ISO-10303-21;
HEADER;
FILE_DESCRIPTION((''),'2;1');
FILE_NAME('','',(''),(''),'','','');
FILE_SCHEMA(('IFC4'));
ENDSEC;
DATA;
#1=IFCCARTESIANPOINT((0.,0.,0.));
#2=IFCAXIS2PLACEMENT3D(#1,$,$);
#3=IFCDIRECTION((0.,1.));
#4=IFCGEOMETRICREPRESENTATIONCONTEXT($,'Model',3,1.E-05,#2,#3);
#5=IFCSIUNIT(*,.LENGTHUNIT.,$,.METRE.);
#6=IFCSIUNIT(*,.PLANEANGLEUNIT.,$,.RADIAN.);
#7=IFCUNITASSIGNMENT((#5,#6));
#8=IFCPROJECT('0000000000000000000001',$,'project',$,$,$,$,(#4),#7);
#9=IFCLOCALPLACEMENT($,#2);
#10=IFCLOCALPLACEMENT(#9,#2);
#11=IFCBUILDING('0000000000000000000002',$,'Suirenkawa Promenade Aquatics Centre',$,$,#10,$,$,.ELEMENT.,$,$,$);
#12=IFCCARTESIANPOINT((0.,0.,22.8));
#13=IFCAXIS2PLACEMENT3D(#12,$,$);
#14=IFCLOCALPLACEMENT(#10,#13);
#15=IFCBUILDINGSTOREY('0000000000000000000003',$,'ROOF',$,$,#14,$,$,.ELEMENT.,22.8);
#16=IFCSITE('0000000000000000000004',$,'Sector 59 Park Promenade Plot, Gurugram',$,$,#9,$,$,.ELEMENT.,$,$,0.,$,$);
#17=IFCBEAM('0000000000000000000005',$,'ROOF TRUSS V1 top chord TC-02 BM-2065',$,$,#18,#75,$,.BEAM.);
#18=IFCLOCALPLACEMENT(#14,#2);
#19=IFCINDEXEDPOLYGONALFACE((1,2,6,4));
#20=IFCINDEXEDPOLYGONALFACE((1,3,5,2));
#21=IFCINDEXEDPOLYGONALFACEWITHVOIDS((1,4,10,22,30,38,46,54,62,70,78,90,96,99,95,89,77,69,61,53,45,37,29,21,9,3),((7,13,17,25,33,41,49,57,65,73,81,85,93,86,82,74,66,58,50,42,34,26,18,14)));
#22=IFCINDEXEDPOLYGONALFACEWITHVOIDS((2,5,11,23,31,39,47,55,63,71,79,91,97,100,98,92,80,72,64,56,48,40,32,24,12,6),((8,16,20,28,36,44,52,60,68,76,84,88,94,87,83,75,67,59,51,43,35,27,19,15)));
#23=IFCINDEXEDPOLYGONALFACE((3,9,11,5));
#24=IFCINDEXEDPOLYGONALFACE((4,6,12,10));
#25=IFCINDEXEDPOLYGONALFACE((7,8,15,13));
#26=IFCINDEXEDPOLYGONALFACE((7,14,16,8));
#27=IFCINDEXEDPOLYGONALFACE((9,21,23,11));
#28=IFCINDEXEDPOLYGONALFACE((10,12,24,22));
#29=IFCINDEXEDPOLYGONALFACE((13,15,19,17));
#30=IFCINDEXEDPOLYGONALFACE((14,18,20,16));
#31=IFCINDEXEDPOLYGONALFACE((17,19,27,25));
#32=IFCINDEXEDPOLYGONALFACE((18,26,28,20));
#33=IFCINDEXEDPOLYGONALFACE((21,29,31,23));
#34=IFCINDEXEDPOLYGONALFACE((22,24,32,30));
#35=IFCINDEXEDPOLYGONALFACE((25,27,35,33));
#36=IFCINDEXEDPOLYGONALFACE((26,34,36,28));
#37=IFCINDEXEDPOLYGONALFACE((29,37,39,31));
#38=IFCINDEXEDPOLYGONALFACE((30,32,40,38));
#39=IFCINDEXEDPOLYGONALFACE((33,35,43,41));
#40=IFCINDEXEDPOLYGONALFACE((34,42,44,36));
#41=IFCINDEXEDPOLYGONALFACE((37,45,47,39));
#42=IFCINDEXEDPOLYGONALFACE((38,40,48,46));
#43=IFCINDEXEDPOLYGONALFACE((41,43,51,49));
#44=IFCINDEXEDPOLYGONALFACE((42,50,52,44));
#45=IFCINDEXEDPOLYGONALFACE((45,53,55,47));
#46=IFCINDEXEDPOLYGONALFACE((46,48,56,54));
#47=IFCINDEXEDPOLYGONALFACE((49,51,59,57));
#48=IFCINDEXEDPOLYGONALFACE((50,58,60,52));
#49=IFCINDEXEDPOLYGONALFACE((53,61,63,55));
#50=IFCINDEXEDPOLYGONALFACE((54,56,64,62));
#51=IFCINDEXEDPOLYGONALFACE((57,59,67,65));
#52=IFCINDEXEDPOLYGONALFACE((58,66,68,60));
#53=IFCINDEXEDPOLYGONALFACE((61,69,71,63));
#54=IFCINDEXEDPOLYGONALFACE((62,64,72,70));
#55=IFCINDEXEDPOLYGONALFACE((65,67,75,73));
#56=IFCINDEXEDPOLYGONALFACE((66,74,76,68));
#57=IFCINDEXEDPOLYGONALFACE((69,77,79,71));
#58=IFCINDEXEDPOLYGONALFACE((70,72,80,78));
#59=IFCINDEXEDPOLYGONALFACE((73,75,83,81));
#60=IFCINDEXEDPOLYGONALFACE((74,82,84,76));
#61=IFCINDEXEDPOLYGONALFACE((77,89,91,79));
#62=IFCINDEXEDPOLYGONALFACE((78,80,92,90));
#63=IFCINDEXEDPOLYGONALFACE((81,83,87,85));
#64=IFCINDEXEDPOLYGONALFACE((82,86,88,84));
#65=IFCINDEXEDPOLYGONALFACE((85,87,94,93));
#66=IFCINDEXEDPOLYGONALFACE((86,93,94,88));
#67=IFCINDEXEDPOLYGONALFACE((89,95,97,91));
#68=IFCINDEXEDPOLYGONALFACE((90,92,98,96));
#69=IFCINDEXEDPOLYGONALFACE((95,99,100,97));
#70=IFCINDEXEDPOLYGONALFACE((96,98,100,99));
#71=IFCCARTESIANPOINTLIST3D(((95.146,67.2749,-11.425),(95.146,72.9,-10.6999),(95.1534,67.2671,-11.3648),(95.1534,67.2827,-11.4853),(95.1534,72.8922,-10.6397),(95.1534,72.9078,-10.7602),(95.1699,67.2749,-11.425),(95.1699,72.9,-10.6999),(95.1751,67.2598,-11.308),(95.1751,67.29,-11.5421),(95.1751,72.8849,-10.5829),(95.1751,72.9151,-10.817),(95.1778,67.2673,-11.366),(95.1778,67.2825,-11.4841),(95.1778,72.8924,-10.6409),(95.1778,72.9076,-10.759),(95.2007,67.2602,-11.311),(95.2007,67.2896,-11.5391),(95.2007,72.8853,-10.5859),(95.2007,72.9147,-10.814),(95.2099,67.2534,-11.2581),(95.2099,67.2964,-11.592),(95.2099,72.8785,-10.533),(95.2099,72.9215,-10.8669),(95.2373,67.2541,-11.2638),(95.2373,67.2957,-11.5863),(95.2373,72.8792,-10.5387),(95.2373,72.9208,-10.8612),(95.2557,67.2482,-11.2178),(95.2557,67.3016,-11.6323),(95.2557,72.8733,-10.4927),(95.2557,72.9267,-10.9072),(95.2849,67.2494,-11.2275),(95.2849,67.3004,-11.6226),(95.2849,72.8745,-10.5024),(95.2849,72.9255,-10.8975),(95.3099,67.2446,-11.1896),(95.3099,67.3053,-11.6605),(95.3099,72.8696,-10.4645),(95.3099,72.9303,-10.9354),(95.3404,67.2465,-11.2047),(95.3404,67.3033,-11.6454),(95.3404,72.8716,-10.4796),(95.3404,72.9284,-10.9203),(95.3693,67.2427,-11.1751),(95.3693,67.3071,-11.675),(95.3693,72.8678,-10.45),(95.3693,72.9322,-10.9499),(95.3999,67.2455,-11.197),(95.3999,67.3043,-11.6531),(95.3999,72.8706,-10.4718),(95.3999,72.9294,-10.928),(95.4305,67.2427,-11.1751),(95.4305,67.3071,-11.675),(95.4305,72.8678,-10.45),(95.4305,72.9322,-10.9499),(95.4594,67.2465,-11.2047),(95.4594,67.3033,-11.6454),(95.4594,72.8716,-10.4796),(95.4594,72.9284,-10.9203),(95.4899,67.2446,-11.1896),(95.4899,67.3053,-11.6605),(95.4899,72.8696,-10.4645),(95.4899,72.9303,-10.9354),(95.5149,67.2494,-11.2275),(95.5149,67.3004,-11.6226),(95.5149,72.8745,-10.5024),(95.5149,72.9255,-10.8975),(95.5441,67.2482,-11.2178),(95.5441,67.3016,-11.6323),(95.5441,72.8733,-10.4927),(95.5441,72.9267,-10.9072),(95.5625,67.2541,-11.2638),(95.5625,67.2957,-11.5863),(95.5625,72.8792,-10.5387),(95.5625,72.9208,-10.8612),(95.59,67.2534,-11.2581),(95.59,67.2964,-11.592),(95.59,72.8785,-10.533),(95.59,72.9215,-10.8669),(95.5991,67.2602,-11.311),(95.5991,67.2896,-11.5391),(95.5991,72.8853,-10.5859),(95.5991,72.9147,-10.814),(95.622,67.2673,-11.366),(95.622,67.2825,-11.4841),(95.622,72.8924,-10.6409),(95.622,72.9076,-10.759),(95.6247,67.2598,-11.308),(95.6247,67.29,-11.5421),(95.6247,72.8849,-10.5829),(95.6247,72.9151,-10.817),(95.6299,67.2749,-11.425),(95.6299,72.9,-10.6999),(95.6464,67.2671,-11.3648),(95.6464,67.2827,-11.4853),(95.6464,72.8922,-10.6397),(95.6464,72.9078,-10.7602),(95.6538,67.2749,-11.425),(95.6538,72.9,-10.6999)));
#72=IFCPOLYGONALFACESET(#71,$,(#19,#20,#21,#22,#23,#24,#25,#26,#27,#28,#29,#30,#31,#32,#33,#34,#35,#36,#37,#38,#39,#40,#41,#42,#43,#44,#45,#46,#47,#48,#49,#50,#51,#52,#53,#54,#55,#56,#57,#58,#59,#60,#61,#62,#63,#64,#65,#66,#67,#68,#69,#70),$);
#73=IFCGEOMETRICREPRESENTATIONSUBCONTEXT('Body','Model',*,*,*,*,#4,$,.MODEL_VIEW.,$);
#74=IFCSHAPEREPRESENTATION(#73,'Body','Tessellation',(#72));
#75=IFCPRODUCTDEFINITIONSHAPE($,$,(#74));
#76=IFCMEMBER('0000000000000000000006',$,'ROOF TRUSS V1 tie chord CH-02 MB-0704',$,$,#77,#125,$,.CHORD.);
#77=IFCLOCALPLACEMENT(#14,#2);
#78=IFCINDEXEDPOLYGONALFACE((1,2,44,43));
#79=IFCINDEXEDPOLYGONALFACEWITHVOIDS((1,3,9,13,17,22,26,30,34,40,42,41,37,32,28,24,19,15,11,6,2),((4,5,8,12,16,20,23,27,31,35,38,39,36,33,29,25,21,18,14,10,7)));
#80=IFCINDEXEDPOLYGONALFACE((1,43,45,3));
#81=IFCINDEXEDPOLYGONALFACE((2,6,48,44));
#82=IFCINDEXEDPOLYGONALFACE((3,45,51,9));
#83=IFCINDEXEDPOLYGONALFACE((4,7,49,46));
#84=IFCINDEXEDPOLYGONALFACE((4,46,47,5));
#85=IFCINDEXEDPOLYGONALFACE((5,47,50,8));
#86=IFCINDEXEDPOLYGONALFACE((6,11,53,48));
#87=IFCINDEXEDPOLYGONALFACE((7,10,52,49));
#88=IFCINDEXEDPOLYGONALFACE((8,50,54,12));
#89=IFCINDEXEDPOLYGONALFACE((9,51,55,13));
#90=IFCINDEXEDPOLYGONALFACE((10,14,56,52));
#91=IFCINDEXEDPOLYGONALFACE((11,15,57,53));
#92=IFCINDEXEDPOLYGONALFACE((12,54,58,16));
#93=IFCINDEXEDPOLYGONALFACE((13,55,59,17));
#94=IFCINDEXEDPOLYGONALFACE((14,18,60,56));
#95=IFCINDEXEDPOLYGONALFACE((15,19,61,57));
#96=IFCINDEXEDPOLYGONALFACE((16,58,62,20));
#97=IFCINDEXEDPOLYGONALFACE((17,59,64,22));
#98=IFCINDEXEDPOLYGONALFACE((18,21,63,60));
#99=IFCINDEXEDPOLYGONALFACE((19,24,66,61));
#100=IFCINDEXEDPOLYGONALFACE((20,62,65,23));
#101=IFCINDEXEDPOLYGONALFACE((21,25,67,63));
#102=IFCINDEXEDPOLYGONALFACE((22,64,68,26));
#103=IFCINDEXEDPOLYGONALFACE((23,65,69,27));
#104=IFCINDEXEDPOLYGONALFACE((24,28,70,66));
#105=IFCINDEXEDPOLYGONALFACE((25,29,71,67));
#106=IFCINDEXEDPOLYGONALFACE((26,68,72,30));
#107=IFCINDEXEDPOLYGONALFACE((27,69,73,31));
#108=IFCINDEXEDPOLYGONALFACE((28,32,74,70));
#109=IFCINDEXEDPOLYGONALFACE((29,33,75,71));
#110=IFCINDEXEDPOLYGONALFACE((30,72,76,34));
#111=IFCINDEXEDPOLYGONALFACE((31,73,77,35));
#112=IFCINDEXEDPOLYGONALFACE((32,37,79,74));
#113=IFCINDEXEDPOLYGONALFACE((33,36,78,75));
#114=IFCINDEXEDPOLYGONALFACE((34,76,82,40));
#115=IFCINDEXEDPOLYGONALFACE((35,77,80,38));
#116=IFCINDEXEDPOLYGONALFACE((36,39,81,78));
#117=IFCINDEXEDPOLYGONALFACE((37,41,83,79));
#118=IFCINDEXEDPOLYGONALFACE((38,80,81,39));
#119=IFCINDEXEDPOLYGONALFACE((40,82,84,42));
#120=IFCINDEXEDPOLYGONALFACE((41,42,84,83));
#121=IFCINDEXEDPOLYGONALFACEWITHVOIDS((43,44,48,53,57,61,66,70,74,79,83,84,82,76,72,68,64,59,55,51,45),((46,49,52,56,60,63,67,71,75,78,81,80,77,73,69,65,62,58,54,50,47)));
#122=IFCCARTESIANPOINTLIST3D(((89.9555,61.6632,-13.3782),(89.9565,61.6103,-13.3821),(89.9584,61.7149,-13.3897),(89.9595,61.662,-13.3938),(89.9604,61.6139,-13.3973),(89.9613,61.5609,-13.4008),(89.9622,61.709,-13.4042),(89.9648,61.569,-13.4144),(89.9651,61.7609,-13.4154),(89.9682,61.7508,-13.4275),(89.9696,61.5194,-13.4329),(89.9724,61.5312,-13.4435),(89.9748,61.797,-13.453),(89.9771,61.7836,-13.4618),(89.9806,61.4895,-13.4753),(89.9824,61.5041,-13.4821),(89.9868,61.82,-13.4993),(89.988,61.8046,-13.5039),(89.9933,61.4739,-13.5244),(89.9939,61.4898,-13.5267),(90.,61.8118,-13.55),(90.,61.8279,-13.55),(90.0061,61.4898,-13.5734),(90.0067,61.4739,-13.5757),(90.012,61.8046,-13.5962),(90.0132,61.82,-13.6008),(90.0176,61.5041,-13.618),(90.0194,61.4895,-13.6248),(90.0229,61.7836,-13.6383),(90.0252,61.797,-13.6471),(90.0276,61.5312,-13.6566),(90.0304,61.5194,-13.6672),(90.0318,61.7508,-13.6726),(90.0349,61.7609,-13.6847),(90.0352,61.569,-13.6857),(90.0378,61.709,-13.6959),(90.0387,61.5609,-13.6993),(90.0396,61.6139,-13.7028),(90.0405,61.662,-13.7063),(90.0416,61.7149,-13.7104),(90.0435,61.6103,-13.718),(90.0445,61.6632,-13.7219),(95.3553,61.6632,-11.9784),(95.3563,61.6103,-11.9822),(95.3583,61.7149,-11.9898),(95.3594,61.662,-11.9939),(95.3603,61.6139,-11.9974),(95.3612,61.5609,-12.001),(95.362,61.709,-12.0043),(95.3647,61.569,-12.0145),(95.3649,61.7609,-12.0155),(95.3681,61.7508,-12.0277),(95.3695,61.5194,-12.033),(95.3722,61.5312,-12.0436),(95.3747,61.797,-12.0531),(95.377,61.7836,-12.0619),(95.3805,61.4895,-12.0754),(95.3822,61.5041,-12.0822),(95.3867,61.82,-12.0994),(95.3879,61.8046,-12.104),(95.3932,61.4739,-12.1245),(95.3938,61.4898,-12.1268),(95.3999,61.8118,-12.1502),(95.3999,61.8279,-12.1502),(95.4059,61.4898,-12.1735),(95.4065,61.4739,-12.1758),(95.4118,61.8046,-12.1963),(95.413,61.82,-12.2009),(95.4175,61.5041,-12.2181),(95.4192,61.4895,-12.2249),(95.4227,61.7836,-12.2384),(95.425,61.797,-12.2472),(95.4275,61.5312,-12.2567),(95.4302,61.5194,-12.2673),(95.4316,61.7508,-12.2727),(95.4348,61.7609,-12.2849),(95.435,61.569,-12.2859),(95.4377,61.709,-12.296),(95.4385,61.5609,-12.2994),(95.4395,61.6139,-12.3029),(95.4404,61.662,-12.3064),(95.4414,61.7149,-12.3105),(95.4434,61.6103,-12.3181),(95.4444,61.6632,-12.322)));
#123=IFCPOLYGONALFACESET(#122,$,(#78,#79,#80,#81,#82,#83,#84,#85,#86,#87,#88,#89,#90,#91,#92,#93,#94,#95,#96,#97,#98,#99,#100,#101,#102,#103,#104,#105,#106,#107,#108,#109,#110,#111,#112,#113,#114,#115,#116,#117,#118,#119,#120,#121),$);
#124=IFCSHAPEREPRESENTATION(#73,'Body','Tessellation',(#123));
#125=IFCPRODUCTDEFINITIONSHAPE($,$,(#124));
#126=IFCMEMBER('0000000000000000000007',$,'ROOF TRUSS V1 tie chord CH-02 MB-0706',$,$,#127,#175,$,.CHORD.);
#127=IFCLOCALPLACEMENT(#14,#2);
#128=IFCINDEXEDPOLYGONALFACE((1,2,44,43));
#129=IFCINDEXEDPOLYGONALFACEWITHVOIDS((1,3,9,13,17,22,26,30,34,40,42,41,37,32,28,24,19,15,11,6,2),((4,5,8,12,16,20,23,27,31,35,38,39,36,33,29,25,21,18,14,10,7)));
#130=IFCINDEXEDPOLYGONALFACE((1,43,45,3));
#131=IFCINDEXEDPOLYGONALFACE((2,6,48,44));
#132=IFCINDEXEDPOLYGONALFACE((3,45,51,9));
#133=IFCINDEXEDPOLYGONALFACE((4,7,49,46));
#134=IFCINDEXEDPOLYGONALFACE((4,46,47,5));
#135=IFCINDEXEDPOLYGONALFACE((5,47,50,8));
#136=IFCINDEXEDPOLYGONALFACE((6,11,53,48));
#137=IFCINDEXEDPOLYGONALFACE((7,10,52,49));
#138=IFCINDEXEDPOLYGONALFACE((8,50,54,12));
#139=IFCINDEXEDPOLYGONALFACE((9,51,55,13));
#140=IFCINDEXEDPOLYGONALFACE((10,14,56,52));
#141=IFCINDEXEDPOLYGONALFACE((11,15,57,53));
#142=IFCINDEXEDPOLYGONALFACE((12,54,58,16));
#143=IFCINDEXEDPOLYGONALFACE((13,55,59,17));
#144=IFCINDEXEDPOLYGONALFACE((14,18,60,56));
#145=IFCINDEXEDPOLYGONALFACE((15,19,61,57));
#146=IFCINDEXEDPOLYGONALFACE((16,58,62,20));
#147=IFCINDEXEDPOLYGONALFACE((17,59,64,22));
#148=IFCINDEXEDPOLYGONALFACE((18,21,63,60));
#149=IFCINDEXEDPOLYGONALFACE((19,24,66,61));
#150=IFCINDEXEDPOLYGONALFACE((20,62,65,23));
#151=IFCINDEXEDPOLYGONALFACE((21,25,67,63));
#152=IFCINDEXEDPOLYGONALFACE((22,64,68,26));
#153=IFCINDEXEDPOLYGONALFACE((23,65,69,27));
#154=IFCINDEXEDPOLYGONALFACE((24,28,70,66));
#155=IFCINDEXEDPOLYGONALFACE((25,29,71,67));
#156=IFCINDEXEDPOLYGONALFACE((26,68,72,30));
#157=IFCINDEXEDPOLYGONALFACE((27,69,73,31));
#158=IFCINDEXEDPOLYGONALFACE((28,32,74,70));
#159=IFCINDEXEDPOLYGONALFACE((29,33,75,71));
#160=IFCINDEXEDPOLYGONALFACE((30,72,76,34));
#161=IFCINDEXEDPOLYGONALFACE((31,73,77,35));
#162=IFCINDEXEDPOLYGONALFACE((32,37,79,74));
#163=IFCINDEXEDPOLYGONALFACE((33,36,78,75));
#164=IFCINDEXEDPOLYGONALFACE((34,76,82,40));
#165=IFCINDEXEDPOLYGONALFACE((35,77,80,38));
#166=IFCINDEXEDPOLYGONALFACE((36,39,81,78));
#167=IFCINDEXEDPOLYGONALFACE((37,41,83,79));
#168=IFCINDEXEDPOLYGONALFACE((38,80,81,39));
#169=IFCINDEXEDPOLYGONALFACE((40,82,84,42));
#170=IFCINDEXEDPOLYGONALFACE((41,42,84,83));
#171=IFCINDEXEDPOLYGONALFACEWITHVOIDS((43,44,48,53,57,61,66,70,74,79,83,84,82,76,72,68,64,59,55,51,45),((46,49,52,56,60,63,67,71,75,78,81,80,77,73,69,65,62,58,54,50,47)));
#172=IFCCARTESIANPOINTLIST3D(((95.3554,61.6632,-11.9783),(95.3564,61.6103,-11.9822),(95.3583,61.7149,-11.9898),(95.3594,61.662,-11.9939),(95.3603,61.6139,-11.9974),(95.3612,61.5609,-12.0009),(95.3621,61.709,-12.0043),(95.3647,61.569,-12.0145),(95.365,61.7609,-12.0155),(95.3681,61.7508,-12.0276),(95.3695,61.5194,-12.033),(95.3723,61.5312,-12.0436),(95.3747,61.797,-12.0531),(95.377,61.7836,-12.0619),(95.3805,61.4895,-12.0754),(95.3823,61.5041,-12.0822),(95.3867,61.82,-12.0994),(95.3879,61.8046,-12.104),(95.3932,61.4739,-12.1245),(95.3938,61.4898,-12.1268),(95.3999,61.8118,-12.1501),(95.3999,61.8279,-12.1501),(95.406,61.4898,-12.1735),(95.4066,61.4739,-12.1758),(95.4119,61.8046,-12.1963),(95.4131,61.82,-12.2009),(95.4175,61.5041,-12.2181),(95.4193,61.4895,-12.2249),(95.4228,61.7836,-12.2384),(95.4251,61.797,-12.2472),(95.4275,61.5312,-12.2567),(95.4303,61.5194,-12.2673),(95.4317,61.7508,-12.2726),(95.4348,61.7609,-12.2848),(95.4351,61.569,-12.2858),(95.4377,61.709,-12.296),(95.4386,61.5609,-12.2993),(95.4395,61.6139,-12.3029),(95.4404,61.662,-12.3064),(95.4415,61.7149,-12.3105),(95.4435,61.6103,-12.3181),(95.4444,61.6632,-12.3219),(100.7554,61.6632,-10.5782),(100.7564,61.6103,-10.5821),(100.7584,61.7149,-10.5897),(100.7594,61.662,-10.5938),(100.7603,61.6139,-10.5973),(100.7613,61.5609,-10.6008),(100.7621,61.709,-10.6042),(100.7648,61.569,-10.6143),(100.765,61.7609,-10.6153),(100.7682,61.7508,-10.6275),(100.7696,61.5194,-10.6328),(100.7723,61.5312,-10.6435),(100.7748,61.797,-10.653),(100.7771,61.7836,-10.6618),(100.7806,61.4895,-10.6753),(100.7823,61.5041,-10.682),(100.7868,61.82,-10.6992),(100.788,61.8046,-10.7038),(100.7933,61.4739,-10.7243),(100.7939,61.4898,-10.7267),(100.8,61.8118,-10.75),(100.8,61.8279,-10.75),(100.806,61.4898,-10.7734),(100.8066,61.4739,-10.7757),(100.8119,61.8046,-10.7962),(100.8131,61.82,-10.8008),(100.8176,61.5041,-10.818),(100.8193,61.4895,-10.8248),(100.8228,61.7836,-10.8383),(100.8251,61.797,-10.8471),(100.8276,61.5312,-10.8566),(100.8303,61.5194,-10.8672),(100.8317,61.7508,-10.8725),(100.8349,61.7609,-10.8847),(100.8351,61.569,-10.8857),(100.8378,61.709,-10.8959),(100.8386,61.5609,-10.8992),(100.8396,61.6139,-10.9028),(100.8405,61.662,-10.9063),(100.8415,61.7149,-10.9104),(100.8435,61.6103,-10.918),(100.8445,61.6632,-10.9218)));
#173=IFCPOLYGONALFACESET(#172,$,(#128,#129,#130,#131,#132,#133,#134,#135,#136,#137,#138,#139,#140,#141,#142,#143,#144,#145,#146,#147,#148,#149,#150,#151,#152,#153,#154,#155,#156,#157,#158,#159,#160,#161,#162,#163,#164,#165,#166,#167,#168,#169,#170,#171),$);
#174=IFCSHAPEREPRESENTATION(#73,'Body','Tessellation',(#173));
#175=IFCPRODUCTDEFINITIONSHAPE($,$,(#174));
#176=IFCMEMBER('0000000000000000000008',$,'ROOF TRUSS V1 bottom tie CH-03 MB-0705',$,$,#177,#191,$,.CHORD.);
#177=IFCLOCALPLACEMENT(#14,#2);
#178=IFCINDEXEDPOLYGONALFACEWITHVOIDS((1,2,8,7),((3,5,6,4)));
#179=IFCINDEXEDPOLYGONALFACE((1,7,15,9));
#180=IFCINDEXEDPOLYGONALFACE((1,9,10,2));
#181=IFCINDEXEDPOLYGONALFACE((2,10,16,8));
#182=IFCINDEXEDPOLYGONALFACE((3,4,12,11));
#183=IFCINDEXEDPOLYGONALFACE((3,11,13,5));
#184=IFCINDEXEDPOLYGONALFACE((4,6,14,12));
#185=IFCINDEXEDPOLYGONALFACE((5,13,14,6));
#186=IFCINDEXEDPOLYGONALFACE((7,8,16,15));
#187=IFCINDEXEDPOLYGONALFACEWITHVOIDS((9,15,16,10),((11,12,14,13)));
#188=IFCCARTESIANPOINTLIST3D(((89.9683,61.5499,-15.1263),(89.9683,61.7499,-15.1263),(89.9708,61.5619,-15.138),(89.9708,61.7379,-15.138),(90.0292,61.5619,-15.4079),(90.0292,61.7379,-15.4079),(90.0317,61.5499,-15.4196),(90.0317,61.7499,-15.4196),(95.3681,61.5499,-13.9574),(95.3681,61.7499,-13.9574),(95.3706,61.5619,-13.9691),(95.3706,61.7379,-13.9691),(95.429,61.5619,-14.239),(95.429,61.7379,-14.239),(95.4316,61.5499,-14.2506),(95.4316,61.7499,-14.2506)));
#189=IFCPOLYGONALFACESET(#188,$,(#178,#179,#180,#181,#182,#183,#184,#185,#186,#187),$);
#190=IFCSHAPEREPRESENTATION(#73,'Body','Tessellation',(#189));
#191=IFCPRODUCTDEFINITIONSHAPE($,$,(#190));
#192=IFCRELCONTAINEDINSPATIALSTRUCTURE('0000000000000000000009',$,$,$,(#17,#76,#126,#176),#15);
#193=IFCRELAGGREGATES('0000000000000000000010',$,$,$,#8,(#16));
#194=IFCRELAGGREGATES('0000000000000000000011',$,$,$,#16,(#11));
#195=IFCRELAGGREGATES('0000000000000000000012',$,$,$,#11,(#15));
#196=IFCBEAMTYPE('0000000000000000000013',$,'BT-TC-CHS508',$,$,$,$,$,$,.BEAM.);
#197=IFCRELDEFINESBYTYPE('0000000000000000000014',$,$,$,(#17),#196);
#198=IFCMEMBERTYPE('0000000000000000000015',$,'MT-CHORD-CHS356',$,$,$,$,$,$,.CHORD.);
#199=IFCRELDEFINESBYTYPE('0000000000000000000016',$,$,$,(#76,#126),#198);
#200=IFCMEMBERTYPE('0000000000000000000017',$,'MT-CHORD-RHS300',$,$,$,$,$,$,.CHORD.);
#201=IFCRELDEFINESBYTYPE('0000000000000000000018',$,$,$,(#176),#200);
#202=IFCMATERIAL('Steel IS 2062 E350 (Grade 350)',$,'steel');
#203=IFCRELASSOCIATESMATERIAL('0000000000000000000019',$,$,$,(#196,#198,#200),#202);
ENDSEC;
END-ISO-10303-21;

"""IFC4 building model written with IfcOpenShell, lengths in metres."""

from ifc_helpers import new_model, si_unit, direction, frame, origin, origin_2d, place, context, subcontext, project, spatial, hollow_rectangle, hollow_circle, extrude, material, material_profile, profile_set, type_object, element, save


model = new_model("IFC4")

# Units and contexts
model_context = context("Model", 3, precision=1e-05, world=origin(), true_north=direction((0.0, 1.0)))
body_context = subcontext(model_context, "Body", "Model", "MODEL_VIEW")
ifc_project = project(units=[si_unit("LENGTHUNIT", "METRE"), si_unit("PLANEANGLEUNIT", "RADIAN")], contexts=[model_context])

# Site, building, storey
site_placement = place(None, origin())
site = spatial("IfcSite", under=ifc_project, at=site_placement, Name="Sector 59 Park Promenade Plot, Gurugram", CompositionType="ELEMENT", RefElevation=0.0)
building_placement = place(site_placement, origin())
building = spatial("IfcBuilding", under=site, at=building_placement, Name="Suirenkawa Promenade Aquatics Centre", CompositionType="ELEMENT")
storey_placement = place(building_placement, frame((0.0, 0.0, 22.8)))
storey = spatial("IfcBuildingStorey", under=building, at=storey_placement, Name="ROOF", CompositionType="ELEMENT", Elevation=22.8)

# Beam
ifc_material = material(Name="Steel IS 2062 E350 (Grade 350)", Category="steel")
ifc_material_profile_1 = material_profile(ifc_material, hollow_circle(Radius=0.2539, WallThickness=0.0239, at=origin_2d()), Name="CHS 508x24", Category="steel")
ifc_profile_set_1 = profile_set([ifc_material_profile_1], Name="Steel IS 2062 E350 (Grade 350)")
beam_type_1 = type_object("IfcBeamType", Name="BT-TC-CHS508", PredefinedType="BEAM", material=ifc_profile_set_1)
for number, where, z_axis, x_axis, name in (
    (1, (95.3999, 67.2749, -11.425), (0.0, 0.991794, 0.127848), (-1.0, 0.0, 0.0), "ROOF TRUSS V1 top chord TC-02 BM-2065"),
):
    element("IfcBeam", number, at=place(storey_placement, frame(where, z_axis=z_axis, x_axis=x_axis)), inside=storey, type_object=beam_type_1, Name=name, PredefinedType="BEAM", context=body_context, shape_type="SweptSolid", body=[
        extrude(hollow_circle(Radius=0.2539, WallThickness=0.0239, at=origin_2d()), origin(), (0.0, 0.0, 1.0), 5.6716),
    ])

# Members
ifc_material_profile_2 = material_profile(ifc_material, hollow_circle(Radius=0.178, WallThickness=0.0161, at=origin_2d()), Name="CHS 356x16", Category="steel")
ifc_profile_set_2 = profile_set([ifc_material_profile_2], Name="Steel IS 2062 E350 (Grade 350)")
member_type_1 = type_object("IfcMemberType", Name="MT-CHORD-CHS356", PredefinedType="CHORD", material=ifc_profile_set_2)
member_1_placement = place(storey_placement, frame((90.0, 61.6499, -13.55), z_axis=(0.968, 0.0, 0.25095), x_axis=(0.0, 1.0, 0.0)))
element("IfcMember", 2, at=member_1_placement, inside=storey, type_object=member_type_1, Name="ROOF TRUSS V1 tie chord CH-02 MB-0704", PredefinedType="CHORD", context=body_context, shape_type="SweptSolid", body=[
    extrude(hollow_circle(Radius=0.178, WallThickness=0.0161, at=origin_2d()), origin(), (0.0, 0.0, 1.0), 5.5784),
])
member_2_placement = place(storey_placement, frame((95.3999, 61.6499, -12.1501), z_axis=(0.967992, 0.0, 0.25098), x_axis=(0.0, 1.0, 0.0)))
element("IfcMember", 3, at=member_2_placement, inside=storey, type_object=member_type_1, Name="ROOF TRUSS V1 tie chord CH-02 MB-0706", PredefinedType="CHORD", context=body_context, shape_type="SweptSolid", body=[
    extrude(hollow_circle(Radius=0.178, WallThickness=0.0161, at=origin_2d()), origin(), (0.0, 0.0, 1.0), 5.5786),
])
ifc_material_profile_3 = material_profile(ifc_material, hollow_rectangle(XDim=0.2, YDim=0.3, WallThickness=0.012, at=origin_2d()), Name="RHS 300x200x12", Category="steel")
ifc_profile_set_3 = profile_set([ifc_material_profile_3], Name="Steel IS 2062 E350 (Grade 350)")
member_type_2 = type_object("IfcMemberType", Name="MT-CHORD-RHS300", PredefinedType="CHORD", material=ifc_profile_set_3)
member_3_placement = place(storey_placement, frame((90.0, 61.6499, -15.2729), z_axis=(0.977362, 0.0, 0.211575), x_axis=(0.0, 1.0, 0.0)))
element("IfcMember", 4, at=member_3_placement, inside=storey, type_object=member_type_2, Name="ROOF TRUSS V1 bottom tie CH-03 MB-0705", PredefinedType="CHORD", context=body_context, shape_type="SweptSolid", body=[
    extrude(hollow_rectangle(XDim=0.2, YDim=0.3, WallThickness=0.012, at=origin_2d()), origin(), (0.0, 0.0, 1.0), 5.5249),
])

save(model, "model.ifc")
